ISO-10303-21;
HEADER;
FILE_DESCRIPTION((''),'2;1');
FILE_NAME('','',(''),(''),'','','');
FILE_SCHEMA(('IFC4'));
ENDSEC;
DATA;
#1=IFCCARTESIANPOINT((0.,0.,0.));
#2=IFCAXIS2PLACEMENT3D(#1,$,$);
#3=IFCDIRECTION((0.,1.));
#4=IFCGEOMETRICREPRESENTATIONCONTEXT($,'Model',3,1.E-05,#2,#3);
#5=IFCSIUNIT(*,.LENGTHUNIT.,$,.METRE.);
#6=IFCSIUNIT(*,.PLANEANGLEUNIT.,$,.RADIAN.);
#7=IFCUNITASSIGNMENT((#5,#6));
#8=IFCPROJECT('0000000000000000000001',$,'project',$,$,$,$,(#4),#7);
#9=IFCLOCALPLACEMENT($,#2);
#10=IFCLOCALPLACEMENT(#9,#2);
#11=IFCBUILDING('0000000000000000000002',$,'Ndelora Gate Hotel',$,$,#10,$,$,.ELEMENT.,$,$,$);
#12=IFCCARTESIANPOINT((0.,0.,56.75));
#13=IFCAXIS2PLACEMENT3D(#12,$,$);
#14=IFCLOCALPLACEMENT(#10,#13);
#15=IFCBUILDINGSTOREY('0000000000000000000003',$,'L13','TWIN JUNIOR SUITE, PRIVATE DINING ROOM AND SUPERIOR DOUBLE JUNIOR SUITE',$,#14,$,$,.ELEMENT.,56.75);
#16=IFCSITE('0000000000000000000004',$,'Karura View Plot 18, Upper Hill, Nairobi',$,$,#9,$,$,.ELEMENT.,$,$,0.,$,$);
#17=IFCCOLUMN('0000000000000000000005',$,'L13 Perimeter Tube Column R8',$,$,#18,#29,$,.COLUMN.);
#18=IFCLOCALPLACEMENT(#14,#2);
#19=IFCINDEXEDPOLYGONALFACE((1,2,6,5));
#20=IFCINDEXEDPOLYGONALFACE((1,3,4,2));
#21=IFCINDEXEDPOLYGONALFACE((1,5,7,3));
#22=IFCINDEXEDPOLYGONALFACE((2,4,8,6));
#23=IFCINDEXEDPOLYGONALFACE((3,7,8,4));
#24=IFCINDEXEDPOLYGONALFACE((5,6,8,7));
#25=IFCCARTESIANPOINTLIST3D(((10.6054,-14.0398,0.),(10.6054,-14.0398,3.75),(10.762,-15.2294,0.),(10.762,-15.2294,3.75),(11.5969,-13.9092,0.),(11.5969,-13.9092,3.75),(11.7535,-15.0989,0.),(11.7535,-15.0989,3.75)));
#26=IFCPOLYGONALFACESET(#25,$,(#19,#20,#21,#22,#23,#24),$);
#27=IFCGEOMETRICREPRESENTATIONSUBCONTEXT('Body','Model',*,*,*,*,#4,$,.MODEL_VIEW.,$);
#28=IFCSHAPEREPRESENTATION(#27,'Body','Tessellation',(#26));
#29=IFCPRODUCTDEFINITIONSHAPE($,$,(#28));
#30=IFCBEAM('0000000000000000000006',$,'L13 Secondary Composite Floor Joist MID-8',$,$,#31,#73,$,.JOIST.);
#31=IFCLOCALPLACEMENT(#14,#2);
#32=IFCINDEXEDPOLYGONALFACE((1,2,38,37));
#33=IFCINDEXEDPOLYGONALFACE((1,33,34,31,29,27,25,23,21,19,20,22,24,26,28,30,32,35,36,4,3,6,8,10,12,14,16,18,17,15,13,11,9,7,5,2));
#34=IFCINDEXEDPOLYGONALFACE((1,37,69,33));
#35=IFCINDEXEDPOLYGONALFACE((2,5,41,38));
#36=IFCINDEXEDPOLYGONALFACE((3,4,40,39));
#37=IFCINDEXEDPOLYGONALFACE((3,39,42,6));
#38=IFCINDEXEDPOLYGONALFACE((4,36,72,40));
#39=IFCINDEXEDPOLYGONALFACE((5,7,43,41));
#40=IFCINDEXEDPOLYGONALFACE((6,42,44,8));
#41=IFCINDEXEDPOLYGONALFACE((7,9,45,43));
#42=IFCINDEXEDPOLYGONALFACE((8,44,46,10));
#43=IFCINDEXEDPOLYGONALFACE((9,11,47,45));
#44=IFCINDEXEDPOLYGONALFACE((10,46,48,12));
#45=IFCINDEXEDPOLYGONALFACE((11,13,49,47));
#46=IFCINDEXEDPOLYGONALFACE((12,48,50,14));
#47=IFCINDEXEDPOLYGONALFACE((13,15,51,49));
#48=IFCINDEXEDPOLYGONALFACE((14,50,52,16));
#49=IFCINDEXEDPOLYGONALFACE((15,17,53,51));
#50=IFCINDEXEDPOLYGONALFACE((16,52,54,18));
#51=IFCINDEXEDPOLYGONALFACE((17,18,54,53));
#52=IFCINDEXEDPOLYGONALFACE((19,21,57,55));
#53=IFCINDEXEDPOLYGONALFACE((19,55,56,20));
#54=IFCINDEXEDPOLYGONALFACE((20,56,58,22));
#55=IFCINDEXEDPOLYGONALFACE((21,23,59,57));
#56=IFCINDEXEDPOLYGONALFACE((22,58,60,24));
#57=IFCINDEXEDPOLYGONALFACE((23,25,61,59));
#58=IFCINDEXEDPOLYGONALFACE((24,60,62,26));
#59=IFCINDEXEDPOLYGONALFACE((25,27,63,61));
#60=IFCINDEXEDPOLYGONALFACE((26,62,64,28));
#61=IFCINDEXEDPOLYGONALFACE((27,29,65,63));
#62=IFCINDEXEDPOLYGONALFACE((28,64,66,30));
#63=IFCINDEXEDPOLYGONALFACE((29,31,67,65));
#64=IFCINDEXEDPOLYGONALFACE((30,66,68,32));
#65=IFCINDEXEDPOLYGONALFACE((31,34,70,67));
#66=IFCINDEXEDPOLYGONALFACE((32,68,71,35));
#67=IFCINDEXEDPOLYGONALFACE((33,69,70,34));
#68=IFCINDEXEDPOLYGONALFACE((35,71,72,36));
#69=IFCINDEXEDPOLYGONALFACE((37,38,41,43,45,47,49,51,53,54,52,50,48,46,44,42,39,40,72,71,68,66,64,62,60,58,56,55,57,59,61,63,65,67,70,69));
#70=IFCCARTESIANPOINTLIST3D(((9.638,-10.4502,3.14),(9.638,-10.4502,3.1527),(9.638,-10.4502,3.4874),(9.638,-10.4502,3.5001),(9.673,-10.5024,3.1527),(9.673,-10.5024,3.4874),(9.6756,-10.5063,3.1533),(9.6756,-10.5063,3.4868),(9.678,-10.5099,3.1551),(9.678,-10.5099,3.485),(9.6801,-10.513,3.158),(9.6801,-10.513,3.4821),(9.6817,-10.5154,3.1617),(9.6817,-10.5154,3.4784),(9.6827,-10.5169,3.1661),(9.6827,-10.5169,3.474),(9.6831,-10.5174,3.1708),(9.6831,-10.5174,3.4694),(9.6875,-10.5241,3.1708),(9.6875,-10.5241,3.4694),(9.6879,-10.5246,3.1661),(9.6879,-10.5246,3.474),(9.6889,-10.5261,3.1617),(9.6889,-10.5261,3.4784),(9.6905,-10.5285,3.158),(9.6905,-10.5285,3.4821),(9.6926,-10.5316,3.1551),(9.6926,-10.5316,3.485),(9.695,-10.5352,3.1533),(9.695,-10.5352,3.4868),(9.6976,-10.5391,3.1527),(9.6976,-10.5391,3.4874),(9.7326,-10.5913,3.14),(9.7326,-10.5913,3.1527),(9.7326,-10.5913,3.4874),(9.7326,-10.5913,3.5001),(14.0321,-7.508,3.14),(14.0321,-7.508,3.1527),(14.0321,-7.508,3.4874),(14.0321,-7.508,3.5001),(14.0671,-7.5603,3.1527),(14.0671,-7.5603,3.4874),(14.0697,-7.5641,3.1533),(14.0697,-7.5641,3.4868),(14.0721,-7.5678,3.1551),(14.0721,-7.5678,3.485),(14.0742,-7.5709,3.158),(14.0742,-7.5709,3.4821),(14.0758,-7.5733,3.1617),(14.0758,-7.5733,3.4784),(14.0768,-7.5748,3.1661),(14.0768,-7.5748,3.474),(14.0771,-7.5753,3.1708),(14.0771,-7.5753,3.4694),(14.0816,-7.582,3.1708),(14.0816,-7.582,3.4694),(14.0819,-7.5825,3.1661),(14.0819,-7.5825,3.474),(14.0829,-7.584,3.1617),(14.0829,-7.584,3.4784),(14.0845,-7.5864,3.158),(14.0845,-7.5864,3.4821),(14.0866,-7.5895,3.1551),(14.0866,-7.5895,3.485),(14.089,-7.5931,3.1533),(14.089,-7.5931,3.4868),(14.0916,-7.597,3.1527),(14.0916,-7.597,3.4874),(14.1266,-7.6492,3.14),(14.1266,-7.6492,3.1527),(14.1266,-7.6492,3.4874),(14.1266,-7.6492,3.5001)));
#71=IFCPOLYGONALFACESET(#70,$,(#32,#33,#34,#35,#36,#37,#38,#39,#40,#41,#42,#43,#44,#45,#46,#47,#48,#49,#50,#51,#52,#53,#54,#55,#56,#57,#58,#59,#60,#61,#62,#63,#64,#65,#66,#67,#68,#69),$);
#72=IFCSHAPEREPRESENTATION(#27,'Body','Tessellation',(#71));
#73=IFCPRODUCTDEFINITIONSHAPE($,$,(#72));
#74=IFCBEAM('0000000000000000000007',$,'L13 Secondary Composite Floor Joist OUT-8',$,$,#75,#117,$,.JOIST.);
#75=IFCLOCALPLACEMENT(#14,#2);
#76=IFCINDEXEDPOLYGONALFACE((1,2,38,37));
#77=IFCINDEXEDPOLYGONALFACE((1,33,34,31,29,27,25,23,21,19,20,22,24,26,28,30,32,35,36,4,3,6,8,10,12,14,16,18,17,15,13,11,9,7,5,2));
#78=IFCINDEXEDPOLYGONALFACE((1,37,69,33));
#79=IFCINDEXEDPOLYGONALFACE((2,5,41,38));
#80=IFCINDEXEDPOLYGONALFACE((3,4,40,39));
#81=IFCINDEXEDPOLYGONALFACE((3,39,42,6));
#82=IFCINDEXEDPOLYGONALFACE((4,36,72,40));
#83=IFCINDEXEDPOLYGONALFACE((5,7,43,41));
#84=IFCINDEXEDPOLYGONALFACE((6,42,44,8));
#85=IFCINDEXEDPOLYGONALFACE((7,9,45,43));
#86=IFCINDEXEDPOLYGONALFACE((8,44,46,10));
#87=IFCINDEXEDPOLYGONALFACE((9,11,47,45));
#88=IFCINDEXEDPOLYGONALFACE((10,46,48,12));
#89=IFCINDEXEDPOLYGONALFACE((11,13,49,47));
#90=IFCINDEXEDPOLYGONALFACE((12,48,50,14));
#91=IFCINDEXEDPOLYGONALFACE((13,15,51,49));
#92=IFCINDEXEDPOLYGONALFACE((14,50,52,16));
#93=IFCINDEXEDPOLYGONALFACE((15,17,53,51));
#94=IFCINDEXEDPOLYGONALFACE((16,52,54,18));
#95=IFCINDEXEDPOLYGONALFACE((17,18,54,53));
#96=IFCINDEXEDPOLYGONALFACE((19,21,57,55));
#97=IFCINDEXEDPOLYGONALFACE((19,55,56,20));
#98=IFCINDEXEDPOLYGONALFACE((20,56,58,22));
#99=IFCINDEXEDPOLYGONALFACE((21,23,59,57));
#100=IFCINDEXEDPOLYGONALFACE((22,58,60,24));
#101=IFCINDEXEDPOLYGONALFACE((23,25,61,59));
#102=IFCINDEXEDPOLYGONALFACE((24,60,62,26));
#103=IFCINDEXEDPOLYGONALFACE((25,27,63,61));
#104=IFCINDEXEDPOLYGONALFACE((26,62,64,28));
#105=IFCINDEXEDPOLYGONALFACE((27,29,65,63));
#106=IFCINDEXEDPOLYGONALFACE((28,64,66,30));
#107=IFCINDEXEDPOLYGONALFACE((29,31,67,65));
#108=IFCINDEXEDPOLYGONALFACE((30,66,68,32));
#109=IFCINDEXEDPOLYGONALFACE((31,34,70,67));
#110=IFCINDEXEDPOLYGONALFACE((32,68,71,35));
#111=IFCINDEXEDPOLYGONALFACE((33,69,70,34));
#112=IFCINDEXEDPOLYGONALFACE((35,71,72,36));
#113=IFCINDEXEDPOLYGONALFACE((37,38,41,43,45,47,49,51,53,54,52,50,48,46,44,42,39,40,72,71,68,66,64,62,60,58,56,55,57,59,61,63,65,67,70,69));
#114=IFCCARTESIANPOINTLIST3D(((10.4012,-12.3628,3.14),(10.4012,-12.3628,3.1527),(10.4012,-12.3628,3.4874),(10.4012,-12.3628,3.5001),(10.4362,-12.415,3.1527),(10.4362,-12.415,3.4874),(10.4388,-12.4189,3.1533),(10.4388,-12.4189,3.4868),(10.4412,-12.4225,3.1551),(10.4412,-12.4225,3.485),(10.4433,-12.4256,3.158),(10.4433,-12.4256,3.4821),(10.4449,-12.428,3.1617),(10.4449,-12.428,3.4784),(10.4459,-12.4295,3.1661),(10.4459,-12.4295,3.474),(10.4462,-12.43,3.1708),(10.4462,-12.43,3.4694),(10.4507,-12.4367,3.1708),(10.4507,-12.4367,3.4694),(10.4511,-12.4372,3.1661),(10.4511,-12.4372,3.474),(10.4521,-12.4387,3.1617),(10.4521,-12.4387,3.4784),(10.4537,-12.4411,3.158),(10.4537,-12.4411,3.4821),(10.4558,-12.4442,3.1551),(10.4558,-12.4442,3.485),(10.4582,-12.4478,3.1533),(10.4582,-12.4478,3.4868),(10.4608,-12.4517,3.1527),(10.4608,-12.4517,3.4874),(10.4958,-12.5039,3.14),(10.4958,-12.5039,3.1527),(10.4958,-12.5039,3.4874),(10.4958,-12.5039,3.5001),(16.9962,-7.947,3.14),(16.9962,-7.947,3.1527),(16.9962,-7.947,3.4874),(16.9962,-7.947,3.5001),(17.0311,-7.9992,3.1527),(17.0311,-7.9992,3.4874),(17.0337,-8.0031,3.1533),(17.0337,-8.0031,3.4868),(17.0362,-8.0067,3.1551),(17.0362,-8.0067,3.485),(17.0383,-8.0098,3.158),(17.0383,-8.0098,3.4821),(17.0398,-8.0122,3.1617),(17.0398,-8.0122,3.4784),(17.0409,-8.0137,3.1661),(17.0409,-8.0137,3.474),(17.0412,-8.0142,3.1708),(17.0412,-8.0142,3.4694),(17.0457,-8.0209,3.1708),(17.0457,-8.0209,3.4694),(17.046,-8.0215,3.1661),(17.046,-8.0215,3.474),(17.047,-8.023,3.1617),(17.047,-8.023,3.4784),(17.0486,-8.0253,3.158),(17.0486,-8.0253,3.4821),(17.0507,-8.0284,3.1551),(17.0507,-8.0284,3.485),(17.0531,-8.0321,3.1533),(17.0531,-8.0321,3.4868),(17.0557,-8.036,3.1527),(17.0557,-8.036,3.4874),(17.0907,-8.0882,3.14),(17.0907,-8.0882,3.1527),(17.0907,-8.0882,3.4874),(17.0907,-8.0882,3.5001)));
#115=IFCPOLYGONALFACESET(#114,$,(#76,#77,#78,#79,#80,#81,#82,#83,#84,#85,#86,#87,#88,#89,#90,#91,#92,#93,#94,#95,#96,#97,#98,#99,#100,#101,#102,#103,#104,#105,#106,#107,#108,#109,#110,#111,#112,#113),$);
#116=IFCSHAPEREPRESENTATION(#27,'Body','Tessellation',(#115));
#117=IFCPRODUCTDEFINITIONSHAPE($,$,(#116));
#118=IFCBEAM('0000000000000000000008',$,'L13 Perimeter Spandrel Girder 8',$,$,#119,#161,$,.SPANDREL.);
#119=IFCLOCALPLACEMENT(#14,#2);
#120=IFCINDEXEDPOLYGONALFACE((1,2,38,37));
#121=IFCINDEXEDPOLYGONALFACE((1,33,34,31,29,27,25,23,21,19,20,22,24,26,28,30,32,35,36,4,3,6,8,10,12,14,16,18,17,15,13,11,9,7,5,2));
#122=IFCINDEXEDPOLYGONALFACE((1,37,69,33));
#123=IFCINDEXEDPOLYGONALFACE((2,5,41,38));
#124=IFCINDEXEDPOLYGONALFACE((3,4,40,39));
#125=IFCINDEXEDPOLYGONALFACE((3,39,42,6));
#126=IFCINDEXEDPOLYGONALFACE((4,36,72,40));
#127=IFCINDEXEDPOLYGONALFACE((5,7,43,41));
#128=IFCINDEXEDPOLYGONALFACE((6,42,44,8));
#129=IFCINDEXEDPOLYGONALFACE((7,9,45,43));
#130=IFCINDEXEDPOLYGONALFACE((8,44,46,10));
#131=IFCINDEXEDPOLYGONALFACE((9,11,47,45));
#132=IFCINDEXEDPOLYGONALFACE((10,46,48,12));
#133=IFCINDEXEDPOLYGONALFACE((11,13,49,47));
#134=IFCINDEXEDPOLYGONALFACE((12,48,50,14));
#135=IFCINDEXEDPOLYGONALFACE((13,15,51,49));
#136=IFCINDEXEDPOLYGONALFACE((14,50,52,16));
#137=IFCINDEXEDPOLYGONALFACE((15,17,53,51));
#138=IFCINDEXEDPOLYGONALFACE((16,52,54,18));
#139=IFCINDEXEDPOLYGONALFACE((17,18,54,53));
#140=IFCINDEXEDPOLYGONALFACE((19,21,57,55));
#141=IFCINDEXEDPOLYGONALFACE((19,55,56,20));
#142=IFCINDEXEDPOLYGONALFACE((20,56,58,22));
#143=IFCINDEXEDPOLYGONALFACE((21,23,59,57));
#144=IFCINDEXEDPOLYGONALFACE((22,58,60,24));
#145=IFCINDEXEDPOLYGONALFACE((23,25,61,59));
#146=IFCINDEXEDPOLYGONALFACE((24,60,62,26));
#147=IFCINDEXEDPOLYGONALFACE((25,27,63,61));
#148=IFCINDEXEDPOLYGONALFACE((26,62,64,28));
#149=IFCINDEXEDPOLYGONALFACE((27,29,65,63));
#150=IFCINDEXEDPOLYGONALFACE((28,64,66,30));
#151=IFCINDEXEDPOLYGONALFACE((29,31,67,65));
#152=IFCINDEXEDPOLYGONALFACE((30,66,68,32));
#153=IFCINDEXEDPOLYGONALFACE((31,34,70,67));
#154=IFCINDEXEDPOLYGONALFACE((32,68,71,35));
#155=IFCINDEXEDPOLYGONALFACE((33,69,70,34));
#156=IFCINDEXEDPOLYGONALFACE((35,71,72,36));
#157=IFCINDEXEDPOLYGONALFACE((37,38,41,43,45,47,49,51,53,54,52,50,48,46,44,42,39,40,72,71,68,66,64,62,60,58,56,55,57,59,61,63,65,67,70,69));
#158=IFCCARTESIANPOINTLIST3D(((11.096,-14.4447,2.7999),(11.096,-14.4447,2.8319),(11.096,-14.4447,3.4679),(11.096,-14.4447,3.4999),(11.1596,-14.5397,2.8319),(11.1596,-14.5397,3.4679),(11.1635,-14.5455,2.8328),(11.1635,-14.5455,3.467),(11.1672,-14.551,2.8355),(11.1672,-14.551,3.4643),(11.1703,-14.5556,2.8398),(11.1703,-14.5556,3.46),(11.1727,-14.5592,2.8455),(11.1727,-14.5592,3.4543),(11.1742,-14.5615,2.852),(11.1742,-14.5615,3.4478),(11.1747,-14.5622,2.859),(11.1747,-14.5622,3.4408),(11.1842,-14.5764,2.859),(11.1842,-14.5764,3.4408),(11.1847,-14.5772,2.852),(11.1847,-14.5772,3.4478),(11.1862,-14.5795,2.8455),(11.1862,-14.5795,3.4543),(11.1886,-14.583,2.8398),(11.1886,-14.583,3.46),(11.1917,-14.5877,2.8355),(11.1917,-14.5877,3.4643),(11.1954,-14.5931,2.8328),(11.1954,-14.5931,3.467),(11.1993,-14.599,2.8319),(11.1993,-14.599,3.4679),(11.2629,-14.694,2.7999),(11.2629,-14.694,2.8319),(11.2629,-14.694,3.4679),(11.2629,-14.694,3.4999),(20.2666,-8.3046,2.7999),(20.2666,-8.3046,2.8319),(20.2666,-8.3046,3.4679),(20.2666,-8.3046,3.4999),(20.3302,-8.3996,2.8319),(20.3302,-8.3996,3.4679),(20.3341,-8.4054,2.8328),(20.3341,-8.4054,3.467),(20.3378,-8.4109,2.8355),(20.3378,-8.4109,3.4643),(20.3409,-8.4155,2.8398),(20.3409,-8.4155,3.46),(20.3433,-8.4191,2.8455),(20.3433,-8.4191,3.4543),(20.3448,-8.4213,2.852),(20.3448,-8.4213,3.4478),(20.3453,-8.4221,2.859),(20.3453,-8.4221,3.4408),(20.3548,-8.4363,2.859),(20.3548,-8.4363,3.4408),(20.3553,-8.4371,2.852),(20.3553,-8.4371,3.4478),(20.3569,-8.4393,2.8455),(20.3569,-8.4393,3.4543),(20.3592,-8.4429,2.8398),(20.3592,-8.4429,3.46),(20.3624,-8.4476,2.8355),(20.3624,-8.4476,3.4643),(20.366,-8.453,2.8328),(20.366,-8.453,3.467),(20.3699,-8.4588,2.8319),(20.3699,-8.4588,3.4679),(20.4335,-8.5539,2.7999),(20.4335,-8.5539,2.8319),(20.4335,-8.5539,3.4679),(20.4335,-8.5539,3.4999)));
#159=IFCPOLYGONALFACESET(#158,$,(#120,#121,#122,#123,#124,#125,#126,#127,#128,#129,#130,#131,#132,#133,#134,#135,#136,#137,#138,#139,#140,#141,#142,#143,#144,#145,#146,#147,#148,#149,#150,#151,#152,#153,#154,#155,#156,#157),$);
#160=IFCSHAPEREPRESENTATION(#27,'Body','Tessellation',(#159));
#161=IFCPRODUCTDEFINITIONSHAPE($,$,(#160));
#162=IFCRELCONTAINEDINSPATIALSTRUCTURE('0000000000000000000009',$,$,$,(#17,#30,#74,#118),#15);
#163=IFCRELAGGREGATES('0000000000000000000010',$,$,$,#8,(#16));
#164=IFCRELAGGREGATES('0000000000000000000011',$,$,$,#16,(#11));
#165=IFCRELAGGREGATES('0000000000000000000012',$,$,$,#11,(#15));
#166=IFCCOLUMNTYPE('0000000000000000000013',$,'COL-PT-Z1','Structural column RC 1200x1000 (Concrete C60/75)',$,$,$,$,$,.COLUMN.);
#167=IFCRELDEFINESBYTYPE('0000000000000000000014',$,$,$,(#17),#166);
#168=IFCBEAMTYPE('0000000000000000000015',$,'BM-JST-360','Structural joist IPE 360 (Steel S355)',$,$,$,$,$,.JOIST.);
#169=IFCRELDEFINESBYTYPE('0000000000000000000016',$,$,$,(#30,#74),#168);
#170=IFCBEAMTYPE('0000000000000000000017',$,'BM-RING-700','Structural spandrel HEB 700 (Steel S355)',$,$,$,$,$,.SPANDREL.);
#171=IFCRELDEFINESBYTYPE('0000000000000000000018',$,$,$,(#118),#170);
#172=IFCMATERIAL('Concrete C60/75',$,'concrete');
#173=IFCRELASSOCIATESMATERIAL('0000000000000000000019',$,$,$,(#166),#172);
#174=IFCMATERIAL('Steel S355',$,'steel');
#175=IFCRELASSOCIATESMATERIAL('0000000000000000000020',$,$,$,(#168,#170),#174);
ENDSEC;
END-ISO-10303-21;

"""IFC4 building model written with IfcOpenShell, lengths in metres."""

from ifc_helpers import new_model, si_unit, direction, frame, origin, origin_2d, place, context, subcontext, project, spatial, rectangle, i_section, extrude, material, material_profile, profile_set, type_object, element, save


model = new_model("IFC4")

# Units and contexts
model_context = context("Model", 3, precision=1e-05, world=origin(), true_north=direction((0.0, 1.0)))
body_context = subcontext(model_context, "Body", "Model", "MODEL_VIEW")
ifc_project = project(units=[si_unit("LENGTHUNIT", "METRE"), si_unit("PLANEANGLEUNIT", "RADIAN")], contexts=[model_context])

# Site, building, storey
site_placement = place(None, origin())
site = spatial("IfcSite", under=ifc_project, at=site_placement, Name="Karura View Plot 18, Upper Hill, Nairobi", CompositionType="ELEMENT", RefElevation=0.0)
building_placement = place(site_placement, origin())
building = spatial("IfcBuilding", under=site, at=building_placement, Name="Ndelora Gate Hotel", CompositionType="ELEMENT")
storey_placement = place(building_placement, frame((0.0, 0.0, 56.75)))
storey = spatial("IfcBuildingStorey", under=building, at=storey_placement, Name="L13", Description="TWIN JUNIOR SUITE, PRIVATE DINING ROOM AND SUPERIOR DOUBLE JUNIOR SUITE", CompositionType="ELEMENT", Elevation=56.75)

# Column
ifc_material_1 = material(Name="Concrete C60/75", Category="concrete")
ifc_material_profile_1 = material_profile(ifc_material_1, rectangle(XDim=1.0, YDim=1.2, at=origin_2d()), Name="RC 1200x1000")
ifc_profile_set_1 = profile_set([ifc_material_profile_1], Name="Concrete C60/75")
column_type = type_object("IfcColumnType", Name="COL-PT-Z1", Description="Structural column RC 1200x1000 (Concrete C60/75)", PredefinedType="COLUMN", material=ifc_profile_set_1)
column_placement = place(storey_placement, frame((11.1794, -14.5693, 0.0), z_axis=(0.0, 0.0, 1.0), x_axis=(0.991445, 0.130526, 0.0)))
element("IfcColumn", 1, at=column_placement, inside=storey, type_object=column_type, Name="L13 Perimeter Tube Column R8", PredefinedType="COLUMN", context=body_context, shape_type="SweptSolid", body=[
    extrude(rectangle(XDim=1.0, YDim=1.2, at=origin_2d()), origin(), (0.0, 0.0, 1.0), 3.75),
])

# Beams
ifc_material_2 = material(Name="Steel S355", Category="steel")
ifc_material_profile_2 = material_profile(ifc_material_2, i_section(OverallWidth=0.1699, OverallDepth=0.3601, WebThickness=0.0081, FlangeThickness=0.0127, FilletRadius=0.0181, at=origin_2d()), Name="IPE 360")
ifc_profile_set_2 = profile_set([ifc_material_profile_2], Name="Steel S355")
beam_type_1 = type_object("IfcBeamType", Name="BM-JST-360", Description="Structural joist IPE 360 (Steel S355)", PredefinedType="JOIST", material=ifc_profile_set_2)
beam_1_placement = place(storey_placement, frame((9.6853, -10.5208, 3.3201), z_axis=(0.830933, 0.556372, 0.0), x_axis=(-0.556372, 0.830933, 0.0)))
element("IfcBeam", 2, at=beam_1_placement, inside=storey, type_object=beam_type_1, Name="L13 Secondary Composite Floor Joist MID-8", PredefinedType="JOIST", context=body_context, shape_type="SweptSolid", body=[
    extrude(i_section(OverallWidth=0.1699, OverallDepth=0.3601, WebThickness=0.0081, FlangeThickness=0.0127, FilletRadius=0.0181, at=origin_2d()), origin(), (0.0, 0.0, 1.0), 5.2881),
])
beam_2_placement = place(storey_placement, frame((10.4485, -12.4333, 3.3201), z_axis=(0.830937, 0.556367, 0.0), x_axis=(-0.556367, 0.830937, 0.0)))
element("IfcBeam", 3, at=beam_2_placement, inside=storey, type_object=beam_type_1, Name="L13 Secondary Composite Floor Joist OUT-8", PredefinedType="JOIST", context=body_context, shape_type="SweptSolid", body=[
    extrude(i_section(OverallWidth=0.1699, OverallDepth=0.3601, WebThickness=0.0081, FlangeThickness=0.0127, FilletRadius=0.0181, at=origin_2d()), origin(), (0.0, 0.0, 1.0), 7.9368),
])
ifc_material_profile_3 = material_profile(ifc_material_2, i_section(OverallWidth=0.3, OverallDepth=0.7, WebThickness=0.0171, FlangeThickness=0.032, FilletRadius=0.0271, at=origin_2d()), Name="HEB 700")
ifc_profile_set_3 = profile_set([ifc_material_profile_3], Name="Steel S355")
beam_type_2 = type_object("IfcBeamType", Name="BM-RING-700", Description="Structural spandrel HEB 700 (Steel S355)", PredefinedType="SPANDREL", material=ifc_profile_set_3)
beam_3_placement = place(storey_placement, frame((11.1794, -14.5693, 3.1499), z_axis=(0.830946, 0.556353, 0.0), x_axis=(-0.556353, 0.830946, 0.0)))
element("IfcBeam", 4, at=beam_3_placement, inside=storey, type_object=beam_type_2, Name="L13 Perimeter Spandrel Girder 8", PredefinedType="SPANDREL", context=body_context, shape_type="SweptSolid", body=[
    extrude(i_section(OverallWidth=0.3, OverallDepth=0.7, WebThickness=0.0171, FlangeThickness=0.032, FilletRadius=0.0271, at=origin_2d()), origin(), (0.0, 0.0, 1.0), 11.0364),
])

save(model, "model.ifc")
